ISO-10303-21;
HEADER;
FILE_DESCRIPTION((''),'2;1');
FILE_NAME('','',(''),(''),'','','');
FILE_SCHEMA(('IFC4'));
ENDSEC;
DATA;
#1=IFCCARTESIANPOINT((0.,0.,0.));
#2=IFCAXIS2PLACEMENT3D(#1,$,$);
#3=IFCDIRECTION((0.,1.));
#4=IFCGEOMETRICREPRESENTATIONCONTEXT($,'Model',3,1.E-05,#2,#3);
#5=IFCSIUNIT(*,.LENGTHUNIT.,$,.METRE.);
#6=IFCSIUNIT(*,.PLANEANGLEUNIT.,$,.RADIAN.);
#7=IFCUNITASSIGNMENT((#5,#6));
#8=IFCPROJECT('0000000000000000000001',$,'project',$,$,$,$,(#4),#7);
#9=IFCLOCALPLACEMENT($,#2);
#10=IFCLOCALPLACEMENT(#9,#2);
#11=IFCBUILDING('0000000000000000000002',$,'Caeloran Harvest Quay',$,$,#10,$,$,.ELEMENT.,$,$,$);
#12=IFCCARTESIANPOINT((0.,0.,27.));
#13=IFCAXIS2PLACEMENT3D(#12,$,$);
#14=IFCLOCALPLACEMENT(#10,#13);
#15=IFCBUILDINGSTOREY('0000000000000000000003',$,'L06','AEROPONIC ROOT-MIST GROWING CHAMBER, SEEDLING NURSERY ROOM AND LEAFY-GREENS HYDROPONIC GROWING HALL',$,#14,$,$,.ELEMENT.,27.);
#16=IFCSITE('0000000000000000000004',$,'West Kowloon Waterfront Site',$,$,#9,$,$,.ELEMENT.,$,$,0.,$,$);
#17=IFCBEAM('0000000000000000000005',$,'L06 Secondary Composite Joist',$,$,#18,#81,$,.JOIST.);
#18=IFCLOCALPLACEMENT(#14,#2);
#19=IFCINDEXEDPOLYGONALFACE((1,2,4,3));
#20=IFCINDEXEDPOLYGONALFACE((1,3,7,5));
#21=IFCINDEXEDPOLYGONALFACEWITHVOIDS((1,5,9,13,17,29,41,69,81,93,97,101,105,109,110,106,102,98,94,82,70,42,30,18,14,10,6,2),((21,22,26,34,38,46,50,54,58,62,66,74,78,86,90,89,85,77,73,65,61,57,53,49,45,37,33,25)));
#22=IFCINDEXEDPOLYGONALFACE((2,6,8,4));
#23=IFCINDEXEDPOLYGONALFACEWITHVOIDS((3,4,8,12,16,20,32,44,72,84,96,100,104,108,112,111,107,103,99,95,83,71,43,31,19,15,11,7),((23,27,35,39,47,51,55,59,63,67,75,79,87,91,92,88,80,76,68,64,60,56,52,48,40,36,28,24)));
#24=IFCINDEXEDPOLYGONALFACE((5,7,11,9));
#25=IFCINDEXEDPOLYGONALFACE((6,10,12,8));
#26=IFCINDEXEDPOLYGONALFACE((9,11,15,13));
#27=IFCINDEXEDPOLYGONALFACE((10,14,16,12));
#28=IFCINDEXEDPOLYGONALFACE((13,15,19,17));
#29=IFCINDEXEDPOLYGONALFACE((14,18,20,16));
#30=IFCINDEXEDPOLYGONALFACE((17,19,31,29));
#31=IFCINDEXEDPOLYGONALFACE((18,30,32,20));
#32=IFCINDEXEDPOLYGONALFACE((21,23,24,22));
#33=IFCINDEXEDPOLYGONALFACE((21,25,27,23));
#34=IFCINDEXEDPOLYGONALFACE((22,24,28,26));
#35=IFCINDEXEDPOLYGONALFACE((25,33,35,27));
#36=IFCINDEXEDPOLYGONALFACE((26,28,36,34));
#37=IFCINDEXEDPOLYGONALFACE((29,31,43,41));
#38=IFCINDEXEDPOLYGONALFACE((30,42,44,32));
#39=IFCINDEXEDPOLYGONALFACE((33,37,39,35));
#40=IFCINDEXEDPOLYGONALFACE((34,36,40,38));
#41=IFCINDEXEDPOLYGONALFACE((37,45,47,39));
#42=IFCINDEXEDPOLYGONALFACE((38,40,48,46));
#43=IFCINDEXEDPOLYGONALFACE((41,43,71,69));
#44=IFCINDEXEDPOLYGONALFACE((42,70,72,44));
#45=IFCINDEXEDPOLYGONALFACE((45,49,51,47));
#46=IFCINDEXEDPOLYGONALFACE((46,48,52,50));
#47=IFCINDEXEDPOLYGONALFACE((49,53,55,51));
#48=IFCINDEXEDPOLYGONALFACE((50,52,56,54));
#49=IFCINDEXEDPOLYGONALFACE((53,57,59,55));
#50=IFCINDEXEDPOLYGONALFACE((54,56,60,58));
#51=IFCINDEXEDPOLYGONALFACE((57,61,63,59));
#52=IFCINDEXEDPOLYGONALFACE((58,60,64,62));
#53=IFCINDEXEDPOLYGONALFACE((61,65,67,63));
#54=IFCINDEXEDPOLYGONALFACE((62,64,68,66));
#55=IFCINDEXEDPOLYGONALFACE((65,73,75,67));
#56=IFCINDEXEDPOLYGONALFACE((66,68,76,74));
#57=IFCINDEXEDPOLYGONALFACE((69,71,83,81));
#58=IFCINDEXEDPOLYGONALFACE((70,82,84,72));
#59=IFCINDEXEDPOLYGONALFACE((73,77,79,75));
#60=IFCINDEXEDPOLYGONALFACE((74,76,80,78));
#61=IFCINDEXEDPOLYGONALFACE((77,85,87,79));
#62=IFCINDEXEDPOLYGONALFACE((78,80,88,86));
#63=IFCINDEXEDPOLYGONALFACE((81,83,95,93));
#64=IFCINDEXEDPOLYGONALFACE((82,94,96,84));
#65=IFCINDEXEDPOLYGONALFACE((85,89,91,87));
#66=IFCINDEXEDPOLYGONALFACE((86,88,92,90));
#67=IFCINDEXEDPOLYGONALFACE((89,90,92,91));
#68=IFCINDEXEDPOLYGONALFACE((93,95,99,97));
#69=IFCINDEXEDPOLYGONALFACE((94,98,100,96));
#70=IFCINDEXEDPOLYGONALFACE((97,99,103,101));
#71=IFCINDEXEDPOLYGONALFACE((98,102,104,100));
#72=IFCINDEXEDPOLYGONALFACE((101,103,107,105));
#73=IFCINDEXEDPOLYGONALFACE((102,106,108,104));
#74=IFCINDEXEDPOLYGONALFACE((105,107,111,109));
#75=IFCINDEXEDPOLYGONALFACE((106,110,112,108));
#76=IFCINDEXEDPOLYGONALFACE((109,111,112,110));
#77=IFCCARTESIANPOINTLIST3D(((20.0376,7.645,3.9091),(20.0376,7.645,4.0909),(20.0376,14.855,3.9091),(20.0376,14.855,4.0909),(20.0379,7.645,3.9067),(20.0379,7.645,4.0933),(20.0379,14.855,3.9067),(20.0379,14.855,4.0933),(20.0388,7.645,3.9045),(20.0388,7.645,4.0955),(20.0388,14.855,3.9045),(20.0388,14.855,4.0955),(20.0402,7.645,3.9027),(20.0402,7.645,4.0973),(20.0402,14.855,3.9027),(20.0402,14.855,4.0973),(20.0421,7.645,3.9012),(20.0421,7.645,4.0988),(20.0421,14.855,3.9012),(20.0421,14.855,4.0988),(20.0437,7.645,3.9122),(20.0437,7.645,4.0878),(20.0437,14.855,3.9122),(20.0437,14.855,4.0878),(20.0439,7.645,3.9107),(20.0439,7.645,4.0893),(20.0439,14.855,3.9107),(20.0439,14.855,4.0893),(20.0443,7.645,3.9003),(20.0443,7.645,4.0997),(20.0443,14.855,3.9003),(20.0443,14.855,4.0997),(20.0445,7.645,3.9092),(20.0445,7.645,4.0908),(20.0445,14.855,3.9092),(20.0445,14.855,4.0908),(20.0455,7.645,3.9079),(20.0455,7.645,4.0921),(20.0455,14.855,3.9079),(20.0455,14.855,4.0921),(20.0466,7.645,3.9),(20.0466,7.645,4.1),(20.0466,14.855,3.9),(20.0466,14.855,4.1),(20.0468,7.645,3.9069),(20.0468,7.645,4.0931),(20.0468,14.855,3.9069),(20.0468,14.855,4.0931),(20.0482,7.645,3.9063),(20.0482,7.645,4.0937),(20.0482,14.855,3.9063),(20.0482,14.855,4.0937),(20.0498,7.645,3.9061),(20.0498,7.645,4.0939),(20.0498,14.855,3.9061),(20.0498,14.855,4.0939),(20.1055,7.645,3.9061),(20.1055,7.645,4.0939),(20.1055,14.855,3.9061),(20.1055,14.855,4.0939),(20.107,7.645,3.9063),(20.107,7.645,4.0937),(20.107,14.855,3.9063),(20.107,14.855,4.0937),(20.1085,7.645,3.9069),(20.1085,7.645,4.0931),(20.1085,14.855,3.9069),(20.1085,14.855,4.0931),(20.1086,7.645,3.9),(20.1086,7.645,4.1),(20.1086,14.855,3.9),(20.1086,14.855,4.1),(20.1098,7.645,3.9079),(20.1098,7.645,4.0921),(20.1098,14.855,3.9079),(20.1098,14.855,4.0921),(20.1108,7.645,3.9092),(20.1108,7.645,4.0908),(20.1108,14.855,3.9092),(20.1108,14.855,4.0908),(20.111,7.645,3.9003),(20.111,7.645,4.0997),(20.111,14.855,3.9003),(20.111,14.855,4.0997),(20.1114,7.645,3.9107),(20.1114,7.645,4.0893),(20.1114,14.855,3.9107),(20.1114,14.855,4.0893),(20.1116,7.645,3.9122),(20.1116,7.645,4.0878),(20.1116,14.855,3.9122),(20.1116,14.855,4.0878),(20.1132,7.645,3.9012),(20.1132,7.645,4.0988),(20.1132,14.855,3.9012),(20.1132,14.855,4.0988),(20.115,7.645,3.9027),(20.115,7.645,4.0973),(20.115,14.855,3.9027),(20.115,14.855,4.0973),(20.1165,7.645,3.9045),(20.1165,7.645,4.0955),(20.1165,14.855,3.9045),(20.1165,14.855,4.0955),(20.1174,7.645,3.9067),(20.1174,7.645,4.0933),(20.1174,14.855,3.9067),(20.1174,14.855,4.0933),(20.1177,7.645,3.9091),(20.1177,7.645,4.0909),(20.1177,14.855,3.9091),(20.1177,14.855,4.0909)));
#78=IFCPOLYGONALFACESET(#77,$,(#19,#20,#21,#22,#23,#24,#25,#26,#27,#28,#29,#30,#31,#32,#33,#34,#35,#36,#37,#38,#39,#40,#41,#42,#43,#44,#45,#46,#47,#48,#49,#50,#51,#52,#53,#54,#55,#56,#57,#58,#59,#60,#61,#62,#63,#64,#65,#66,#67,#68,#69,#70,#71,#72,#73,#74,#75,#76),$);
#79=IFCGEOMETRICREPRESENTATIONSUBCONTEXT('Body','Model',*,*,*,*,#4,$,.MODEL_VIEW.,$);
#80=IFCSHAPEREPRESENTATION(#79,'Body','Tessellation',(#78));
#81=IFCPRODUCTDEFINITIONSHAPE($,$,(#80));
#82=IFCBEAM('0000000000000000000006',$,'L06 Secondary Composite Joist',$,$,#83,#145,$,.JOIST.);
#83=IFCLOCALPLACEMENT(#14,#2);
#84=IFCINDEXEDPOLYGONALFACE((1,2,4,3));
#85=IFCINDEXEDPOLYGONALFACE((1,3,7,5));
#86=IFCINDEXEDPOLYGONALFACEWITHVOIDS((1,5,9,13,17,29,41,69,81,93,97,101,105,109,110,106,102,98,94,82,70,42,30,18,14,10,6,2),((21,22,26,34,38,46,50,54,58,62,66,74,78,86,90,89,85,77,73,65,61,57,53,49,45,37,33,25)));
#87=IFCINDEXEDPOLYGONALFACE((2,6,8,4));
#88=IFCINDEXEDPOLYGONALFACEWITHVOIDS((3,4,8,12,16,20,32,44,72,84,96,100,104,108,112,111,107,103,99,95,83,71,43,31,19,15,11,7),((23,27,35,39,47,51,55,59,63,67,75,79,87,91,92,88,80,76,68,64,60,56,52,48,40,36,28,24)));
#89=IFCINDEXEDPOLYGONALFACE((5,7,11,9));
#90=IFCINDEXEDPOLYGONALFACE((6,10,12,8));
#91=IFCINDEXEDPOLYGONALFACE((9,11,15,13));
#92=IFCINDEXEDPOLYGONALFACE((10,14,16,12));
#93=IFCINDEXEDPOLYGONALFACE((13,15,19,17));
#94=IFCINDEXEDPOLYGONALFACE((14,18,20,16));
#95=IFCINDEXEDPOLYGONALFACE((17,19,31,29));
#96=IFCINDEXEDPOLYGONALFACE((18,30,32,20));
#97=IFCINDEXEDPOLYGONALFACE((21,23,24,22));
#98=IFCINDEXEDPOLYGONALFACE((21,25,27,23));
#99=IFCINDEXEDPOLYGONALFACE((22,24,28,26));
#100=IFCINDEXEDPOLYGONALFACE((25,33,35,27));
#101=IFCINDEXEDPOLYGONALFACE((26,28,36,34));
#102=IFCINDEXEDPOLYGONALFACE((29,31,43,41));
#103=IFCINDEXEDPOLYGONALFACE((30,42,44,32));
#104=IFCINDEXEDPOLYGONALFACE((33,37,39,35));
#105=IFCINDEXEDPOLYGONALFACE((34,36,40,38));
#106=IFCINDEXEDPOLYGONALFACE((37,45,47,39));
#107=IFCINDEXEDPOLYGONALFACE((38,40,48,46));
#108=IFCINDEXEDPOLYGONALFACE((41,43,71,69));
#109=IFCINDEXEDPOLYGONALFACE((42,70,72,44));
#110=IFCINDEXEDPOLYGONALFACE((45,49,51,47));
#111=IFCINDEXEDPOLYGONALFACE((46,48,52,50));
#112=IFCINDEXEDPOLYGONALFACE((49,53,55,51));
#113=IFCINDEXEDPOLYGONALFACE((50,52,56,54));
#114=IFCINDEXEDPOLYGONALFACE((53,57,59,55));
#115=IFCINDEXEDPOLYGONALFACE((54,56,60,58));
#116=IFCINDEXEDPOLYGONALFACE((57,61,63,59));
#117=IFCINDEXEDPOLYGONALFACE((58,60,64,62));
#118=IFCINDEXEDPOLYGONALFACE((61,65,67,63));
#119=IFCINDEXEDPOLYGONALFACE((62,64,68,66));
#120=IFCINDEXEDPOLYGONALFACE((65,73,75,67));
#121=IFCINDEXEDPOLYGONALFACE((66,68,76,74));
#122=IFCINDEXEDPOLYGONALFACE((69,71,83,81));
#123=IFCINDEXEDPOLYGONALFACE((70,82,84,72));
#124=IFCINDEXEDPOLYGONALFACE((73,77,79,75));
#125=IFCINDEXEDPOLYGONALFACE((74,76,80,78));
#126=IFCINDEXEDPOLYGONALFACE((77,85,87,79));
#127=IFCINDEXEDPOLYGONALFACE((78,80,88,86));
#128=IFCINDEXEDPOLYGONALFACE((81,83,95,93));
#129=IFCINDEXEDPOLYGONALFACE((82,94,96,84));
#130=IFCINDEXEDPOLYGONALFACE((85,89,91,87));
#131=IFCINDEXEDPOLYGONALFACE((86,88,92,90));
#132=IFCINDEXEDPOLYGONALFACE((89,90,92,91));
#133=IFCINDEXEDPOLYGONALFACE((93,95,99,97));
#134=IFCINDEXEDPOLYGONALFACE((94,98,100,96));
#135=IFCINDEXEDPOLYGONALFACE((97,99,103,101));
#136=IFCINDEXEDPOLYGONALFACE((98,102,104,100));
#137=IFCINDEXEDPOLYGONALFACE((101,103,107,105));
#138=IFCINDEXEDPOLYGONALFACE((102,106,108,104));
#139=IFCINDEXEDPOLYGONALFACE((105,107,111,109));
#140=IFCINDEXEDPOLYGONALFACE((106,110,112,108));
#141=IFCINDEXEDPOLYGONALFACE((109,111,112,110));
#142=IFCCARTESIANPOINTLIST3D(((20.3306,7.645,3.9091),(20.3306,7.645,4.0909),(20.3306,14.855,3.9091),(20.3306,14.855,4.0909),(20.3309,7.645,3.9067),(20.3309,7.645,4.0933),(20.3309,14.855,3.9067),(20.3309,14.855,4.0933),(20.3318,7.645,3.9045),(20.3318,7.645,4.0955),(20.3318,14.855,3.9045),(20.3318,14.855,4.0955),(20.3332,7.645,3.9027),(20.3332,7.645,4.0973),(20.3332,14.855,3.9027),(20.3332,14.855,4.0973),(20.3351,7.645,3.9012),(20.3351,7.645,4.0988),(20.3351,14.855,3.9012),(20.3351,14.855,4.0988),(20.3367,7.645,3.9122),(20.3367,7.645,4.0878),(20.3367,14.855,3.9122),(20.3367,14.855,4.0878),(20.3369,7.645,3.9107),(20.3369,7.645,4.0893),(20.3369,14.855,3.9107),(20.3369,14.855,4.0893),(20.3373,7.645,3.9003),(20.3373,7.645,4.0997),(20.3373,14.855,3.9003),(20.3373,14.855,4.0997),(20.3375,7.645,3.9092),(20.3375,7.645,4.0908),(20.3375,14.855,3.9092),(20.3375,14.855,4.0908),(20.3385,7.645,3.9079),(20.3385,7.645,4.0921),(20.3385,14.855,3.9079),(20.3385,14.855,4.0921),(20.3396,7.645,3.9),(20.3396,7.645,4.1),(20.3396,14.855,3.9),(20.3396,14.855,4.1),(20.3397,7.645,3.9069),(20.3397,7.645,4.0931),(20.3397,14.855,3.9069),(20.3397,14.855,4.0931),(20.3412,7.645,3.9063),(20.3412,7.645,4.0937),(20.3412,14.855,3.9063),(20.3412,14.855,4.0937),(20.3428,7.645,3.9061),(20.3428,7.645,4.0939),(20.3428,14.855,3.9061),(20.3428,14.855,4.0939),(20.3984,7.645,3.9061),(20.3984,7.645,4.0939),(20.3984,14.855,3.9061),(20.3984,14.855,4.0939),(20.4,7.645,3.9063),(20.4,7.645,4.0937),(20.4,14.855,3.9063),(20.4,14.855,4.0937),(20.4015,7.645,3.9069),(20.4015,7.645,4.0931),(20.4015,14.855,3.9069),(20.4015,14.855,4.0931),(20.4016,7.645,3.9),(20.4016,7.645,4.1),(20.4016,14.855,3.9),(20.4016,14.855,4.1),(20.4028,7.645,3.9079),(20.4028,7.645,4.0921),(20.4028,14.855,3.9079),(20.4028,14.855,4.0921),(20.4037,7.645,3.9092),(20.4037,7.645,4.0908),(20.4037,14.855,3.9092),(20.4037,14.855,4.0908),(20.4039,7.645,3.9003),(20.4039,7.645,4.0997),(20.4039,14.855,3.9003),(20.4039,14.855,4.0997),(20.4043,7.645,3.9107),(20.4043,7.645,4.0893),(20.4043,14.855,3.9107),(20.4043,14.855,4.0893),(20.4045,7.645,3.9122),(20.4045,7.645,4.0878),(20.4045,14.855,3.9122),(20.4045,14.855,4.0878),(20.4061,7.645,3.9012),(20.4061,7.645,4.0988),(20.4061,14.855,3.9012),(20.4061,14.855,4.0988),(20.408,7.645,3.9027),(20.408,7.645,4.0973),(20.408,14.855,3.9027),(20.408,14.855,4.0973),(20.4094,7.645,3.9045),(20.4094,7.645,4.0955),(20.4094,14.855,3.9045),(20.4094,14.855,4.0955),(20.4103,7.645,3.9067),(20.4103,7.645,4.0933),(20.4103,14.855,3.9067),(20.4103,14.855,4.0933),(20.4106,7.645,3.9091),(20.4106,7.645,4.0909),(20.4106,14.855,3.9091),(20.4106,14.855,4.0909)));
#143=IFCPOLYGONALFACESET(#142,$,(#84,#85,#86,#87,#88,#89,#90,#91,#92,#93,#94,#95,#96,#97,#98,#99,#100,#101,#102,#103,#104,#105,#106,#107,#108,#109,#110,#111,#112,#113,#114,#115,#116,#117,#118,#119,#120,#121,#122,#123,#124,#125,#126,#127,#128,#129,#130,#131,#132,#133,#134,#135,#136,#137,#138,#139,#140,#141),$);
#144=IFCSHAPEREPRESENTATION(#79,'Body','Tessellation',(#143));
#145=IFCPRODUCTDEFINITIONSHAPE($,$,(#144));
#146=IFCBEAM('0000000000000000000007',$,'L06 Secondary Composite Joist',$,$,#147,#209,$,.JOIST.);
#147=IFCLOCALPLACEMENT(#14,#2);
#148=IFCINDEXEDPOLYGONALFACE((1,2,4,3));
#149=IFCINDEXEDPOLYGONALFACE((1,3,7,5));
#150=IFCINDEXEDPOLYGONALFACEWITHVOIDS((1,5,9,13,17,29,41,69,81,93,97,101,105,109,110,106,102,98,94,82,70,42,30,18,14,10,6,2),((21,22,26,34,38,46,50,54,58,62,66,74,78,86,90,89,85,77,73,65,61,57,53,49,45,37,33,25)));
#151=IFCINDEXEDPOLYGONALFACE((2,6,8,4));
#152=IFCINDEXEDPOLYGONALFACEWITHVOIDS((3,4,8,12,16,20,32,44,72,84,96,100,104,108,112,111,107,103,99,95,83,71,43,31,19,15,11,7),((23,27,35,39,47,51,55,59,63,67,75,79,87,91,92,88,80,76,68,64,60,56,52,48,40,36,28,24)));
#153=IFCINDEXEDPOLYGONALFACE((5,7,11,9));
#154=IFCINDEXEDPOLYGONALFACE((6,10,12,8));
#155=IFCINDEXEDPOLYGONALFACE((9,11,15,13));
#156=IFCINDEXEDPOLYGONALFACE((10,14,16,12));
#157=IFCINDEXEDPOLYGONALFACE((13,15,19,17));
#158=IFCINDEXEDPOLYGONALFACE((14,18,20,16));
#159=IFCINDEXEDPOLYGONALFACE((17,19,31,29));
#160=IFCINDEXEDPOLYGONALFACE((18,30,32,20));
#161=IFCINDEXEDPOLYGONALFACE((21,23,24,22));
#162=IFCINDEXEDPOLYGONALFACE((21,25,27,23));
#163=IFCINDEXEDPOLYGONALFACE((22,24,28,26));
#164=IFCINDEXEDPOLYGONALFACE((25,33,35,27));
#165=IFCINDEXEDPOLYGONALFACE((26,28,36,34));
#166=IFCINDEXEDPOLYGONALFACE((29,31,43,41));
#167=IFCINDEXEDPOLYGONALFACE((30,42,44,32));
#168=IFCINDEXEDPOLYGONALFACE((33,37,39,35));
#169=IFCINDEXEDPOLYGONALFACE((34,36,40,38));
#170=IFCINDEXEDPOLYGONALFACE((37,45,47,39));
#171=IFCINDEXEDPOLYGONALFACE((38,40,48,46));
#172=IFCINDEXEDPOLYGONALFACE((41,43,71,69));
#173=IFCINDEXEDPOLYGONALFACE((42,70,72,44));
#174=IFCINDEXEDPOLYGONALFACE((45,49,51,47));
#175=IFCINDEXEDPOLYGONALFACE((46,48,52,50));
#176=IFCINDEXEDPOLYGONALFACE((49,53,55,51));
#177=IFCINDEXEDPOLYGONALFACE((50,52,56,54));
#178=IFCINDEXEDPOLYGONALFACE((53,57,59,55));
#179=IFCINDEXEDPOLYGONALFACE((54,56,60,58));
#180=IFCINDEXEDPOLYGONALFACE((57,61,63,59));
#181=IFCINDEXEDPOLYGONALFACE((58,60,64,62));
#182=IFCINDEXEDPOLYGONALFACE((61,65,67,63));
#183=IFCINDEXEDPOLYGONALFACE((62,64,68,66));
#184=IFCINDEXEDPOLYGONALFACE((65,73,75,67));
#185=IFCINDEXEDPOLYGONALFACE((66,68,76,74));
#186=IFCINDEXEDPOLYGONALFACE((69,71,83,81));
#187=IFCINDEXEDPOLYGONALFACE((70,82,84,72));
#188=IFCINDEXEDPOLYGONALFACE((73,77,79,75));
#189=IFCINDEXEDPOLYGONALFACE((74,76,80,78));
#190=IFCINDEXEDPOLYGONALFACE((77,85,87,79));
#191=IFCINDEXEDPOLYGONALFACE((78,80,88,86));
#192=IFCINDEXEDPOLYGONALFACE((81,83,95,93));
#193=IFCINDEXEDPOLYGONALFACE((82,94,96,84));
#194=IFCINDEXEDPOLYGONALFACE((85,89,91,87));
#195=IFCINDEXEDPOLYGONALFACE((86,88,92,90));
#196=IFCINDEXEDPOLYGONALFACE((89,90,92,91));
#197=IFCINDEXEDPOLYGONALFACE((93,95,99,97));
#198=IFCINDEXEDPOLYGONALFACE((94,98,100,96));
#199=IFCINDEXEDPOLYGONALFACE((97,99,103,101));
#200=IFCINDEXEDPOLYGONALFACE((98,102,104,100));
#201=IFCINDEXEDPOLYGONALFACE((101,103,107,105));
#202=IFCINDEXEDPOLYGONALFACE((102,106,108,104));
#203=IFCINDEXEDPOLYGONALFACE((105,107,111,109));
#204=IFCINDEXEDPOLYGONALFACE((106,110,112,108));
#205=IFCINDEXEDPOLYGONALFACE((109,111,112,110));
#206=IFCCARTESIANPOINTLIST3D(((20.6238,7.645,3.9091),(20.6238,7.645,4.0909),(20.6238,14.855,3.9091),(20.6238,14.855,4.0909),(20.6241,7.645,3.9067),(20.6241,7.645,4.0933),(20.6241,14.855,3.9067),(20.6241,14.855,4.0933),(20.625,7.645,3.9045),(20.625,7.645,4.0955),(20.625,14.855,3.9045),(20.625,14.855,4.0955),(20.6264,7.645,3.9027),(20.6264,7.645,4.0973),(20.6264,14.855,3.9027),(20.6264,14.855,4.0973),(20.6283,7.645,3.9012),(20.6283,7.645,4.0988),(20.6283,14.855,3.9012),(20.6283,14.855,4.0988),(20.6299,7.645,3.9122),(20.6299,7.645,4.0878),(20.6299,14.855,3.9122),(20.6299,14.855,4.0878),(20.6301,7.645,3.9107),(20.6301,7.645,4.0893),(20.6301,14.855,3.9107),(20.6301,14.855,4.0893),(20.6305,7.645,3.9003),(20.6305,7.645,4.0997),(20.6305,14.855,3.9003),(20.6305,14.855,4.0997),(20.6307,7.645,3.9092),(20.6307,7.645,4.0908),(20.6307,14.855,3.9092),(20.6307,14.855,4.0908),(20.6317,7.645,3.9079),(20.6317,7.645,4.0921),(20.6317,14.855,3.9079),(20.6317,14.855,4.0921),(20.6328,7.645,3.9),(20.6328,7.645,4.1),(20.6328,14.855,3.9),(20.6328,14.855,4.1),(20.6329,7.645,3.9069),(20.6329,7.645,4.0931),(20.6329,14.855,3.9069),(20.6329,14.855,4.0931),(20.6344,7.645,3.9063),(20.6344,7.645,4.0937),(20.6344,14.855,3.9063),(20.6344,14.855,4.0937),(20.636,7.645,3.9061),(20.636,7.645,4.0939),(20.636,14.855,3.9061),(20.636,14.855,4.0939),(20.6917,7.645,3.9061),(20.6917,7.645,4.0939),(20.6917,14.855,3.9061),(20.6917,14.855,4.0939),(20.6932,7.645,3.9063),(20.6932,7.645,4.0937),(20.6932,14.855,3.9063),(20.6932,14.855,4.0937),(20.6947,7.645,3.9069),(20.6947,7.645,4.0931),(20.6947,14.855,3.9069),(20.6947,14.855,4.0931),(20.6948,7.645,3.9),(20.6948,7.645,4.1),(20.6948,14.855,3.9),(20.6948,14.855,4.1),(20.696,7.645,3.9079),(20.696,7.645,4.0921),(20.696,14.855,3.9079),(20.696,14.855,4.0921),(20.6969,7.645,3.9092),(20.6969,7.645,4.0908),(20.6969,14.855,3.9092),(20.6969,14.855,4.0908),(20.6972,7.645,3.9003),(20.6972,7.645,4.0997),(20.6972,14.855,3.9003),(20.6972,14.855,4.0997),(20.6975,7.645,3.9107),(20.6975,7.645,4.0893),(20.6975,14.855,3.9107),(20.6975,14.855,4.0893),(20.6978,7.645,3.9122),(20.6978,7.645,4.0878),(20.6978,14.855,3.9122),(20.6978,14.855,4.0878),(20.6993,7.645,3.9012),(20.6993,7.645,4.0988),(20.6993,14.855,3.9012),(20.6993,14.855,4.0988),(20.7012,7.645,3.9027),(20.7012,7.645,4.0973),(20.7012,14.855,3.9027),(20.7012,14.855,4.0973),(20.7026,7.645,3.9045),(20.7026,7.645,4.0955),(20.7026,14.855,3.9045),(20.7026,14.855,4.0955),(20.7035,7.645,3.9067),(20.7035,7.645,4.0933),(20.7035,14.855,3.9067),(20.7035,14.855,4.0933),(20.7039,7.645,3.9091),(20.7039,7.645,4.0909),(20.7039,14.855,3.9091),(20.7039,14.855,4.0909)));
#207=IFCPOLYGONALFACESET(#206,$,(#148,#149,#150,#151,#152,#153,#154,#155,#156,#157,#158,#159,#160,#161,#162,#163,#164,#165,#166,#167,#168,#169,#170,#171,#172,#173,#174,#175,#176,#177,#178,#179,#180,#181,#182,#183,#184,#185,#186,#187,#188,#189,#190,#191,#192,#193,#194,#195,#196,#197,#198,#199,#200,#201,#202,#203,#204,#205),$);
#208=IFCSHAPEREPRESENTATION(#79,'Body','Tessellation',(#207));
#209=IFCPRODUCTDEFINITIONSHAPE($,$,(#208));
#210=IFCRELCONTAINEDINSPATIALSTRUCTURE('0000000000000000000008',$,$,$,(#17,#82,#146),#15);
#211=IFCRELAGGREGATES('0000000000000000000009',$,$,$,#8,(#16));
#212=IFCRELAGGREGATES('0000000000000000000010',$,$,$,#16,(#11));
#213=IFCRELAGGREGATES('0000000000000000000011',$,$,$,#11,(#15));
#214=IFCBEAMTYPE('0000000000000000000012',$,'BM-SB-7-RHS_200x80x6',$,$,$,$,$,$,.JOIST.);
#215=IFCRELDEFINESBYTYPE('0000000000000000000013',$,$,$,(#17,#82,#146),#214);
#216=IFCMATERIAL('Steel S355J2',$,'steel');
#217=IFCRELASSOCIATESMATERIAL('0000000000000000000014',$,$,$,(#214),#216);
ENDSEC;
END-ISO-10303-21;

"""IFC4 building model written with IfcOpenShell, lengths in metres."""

from ifc_helpers import new_model, si_unit, direction, frame, origin, origin_2d, place, context, subcontext, project, spatial, hollow_rectangle, extrude, material, material_profile, profile_set, type_object, element, save


model = new_model("IFC4")

# Units and contexts
model_context = context("Model", 3, precision=1e-05, world=origin(), true_north=direction((0.0, 1.0)))
body_context = subcontext(model_context, "Body", "Model", "MODEL_VIEW")
ifc_project = project(units=[si_unit("LENGTHUNIT", "METRE"), si_unit("PLANEANGLEUNIT", "RADIAN")], contexts=[model_context])

# Site, building, storey
site_placement = place(None, origin())
site = spatial("IfcSite", under=ifc_project, at=site_placement, Name="West Kowloon Waterfront Site", CompositionType="ELEMENT", RefElevation=0.0)
building_placement = place(site_placement, origin())
building = spatial("IfcBuilding", under=site, at=building_placement, Name="Caeloran Harvest Quay", CompositionType="ELEMENT")
storey_placement = place(building_placement, frame((0.0, 0.0, 27.0)))
storey = spatial("IfcBuildingStorey", under=building, at=storey_placement, Name="L06", Description="AEROPONIC ROOT-MIST GROWING CHAMBER, SEEDLING NURSERY ROOM AND LEAFY-GREENS HYDROPONIC GROWING HALL", CompositionType="ELEMENT", Elevation=27.0)

# Beams
ifc_material_1 = material(Name="Steel S355J2", Category="steel")
ifc_material_profile_1 = material_profile(ifc_material_1, hollow_rectangle(XDim=0.0801, YDim=0.2, WallThickness=0.0061, InnerFilletRadius=0.0061, OuterFilletRadius=0.009, at=origin_2d()), Name="RHS 200x80x6")
ifc_profile_set_1 = profile_set([ifc_material_profile_1], Name="Steel S355J2")
beam_type_1 = type_object("IfcBeamType", Name="BM-SB-7-RHS_200x80x6", PredefinedType="JOIST", material=ifc_profile_set_1)
for number, where, z_axis, x_axis, name in (
    (1, (20.0776, 7.645, 4.0), (0.0, 1.0, 0.0), (-1.0, 0.0, 0.0), "L06 Secondary Composite Joist"),
    (2, (20.3706, 7.645, 4.0), (0.0, 1.0, 0.0), (-1.0, 0.0, 0.0), "L06 Secondary Composite Joist"),
    (3, (20.6638, 7.645, 4.0), (0.0, 1.0, 0.0), (-1.0, 0.0, 0.0), "L06 Secondary Composite Joist"),
):
    element("IfcBeam", number, at=place(storey_placement, frame(where, z_axis=z_axis, x_axis=x_axis)), inside=storey, type_object=beam_type_1, Name=name, PredefinedType="JOIST", context=body_context, shape_type="SweptSolid", body=[
        extrude(hollow_rectangle(XDim=0.0801, YDim=0.2, WallThickness=0.0061, InnerFilletRadius=0.0061, OuterFilletRadius=0.009, at=origin_2d()), origin(), (0.0, 0.0, 1.0), 7.21),
    ])

save(model, "model.ifc")
